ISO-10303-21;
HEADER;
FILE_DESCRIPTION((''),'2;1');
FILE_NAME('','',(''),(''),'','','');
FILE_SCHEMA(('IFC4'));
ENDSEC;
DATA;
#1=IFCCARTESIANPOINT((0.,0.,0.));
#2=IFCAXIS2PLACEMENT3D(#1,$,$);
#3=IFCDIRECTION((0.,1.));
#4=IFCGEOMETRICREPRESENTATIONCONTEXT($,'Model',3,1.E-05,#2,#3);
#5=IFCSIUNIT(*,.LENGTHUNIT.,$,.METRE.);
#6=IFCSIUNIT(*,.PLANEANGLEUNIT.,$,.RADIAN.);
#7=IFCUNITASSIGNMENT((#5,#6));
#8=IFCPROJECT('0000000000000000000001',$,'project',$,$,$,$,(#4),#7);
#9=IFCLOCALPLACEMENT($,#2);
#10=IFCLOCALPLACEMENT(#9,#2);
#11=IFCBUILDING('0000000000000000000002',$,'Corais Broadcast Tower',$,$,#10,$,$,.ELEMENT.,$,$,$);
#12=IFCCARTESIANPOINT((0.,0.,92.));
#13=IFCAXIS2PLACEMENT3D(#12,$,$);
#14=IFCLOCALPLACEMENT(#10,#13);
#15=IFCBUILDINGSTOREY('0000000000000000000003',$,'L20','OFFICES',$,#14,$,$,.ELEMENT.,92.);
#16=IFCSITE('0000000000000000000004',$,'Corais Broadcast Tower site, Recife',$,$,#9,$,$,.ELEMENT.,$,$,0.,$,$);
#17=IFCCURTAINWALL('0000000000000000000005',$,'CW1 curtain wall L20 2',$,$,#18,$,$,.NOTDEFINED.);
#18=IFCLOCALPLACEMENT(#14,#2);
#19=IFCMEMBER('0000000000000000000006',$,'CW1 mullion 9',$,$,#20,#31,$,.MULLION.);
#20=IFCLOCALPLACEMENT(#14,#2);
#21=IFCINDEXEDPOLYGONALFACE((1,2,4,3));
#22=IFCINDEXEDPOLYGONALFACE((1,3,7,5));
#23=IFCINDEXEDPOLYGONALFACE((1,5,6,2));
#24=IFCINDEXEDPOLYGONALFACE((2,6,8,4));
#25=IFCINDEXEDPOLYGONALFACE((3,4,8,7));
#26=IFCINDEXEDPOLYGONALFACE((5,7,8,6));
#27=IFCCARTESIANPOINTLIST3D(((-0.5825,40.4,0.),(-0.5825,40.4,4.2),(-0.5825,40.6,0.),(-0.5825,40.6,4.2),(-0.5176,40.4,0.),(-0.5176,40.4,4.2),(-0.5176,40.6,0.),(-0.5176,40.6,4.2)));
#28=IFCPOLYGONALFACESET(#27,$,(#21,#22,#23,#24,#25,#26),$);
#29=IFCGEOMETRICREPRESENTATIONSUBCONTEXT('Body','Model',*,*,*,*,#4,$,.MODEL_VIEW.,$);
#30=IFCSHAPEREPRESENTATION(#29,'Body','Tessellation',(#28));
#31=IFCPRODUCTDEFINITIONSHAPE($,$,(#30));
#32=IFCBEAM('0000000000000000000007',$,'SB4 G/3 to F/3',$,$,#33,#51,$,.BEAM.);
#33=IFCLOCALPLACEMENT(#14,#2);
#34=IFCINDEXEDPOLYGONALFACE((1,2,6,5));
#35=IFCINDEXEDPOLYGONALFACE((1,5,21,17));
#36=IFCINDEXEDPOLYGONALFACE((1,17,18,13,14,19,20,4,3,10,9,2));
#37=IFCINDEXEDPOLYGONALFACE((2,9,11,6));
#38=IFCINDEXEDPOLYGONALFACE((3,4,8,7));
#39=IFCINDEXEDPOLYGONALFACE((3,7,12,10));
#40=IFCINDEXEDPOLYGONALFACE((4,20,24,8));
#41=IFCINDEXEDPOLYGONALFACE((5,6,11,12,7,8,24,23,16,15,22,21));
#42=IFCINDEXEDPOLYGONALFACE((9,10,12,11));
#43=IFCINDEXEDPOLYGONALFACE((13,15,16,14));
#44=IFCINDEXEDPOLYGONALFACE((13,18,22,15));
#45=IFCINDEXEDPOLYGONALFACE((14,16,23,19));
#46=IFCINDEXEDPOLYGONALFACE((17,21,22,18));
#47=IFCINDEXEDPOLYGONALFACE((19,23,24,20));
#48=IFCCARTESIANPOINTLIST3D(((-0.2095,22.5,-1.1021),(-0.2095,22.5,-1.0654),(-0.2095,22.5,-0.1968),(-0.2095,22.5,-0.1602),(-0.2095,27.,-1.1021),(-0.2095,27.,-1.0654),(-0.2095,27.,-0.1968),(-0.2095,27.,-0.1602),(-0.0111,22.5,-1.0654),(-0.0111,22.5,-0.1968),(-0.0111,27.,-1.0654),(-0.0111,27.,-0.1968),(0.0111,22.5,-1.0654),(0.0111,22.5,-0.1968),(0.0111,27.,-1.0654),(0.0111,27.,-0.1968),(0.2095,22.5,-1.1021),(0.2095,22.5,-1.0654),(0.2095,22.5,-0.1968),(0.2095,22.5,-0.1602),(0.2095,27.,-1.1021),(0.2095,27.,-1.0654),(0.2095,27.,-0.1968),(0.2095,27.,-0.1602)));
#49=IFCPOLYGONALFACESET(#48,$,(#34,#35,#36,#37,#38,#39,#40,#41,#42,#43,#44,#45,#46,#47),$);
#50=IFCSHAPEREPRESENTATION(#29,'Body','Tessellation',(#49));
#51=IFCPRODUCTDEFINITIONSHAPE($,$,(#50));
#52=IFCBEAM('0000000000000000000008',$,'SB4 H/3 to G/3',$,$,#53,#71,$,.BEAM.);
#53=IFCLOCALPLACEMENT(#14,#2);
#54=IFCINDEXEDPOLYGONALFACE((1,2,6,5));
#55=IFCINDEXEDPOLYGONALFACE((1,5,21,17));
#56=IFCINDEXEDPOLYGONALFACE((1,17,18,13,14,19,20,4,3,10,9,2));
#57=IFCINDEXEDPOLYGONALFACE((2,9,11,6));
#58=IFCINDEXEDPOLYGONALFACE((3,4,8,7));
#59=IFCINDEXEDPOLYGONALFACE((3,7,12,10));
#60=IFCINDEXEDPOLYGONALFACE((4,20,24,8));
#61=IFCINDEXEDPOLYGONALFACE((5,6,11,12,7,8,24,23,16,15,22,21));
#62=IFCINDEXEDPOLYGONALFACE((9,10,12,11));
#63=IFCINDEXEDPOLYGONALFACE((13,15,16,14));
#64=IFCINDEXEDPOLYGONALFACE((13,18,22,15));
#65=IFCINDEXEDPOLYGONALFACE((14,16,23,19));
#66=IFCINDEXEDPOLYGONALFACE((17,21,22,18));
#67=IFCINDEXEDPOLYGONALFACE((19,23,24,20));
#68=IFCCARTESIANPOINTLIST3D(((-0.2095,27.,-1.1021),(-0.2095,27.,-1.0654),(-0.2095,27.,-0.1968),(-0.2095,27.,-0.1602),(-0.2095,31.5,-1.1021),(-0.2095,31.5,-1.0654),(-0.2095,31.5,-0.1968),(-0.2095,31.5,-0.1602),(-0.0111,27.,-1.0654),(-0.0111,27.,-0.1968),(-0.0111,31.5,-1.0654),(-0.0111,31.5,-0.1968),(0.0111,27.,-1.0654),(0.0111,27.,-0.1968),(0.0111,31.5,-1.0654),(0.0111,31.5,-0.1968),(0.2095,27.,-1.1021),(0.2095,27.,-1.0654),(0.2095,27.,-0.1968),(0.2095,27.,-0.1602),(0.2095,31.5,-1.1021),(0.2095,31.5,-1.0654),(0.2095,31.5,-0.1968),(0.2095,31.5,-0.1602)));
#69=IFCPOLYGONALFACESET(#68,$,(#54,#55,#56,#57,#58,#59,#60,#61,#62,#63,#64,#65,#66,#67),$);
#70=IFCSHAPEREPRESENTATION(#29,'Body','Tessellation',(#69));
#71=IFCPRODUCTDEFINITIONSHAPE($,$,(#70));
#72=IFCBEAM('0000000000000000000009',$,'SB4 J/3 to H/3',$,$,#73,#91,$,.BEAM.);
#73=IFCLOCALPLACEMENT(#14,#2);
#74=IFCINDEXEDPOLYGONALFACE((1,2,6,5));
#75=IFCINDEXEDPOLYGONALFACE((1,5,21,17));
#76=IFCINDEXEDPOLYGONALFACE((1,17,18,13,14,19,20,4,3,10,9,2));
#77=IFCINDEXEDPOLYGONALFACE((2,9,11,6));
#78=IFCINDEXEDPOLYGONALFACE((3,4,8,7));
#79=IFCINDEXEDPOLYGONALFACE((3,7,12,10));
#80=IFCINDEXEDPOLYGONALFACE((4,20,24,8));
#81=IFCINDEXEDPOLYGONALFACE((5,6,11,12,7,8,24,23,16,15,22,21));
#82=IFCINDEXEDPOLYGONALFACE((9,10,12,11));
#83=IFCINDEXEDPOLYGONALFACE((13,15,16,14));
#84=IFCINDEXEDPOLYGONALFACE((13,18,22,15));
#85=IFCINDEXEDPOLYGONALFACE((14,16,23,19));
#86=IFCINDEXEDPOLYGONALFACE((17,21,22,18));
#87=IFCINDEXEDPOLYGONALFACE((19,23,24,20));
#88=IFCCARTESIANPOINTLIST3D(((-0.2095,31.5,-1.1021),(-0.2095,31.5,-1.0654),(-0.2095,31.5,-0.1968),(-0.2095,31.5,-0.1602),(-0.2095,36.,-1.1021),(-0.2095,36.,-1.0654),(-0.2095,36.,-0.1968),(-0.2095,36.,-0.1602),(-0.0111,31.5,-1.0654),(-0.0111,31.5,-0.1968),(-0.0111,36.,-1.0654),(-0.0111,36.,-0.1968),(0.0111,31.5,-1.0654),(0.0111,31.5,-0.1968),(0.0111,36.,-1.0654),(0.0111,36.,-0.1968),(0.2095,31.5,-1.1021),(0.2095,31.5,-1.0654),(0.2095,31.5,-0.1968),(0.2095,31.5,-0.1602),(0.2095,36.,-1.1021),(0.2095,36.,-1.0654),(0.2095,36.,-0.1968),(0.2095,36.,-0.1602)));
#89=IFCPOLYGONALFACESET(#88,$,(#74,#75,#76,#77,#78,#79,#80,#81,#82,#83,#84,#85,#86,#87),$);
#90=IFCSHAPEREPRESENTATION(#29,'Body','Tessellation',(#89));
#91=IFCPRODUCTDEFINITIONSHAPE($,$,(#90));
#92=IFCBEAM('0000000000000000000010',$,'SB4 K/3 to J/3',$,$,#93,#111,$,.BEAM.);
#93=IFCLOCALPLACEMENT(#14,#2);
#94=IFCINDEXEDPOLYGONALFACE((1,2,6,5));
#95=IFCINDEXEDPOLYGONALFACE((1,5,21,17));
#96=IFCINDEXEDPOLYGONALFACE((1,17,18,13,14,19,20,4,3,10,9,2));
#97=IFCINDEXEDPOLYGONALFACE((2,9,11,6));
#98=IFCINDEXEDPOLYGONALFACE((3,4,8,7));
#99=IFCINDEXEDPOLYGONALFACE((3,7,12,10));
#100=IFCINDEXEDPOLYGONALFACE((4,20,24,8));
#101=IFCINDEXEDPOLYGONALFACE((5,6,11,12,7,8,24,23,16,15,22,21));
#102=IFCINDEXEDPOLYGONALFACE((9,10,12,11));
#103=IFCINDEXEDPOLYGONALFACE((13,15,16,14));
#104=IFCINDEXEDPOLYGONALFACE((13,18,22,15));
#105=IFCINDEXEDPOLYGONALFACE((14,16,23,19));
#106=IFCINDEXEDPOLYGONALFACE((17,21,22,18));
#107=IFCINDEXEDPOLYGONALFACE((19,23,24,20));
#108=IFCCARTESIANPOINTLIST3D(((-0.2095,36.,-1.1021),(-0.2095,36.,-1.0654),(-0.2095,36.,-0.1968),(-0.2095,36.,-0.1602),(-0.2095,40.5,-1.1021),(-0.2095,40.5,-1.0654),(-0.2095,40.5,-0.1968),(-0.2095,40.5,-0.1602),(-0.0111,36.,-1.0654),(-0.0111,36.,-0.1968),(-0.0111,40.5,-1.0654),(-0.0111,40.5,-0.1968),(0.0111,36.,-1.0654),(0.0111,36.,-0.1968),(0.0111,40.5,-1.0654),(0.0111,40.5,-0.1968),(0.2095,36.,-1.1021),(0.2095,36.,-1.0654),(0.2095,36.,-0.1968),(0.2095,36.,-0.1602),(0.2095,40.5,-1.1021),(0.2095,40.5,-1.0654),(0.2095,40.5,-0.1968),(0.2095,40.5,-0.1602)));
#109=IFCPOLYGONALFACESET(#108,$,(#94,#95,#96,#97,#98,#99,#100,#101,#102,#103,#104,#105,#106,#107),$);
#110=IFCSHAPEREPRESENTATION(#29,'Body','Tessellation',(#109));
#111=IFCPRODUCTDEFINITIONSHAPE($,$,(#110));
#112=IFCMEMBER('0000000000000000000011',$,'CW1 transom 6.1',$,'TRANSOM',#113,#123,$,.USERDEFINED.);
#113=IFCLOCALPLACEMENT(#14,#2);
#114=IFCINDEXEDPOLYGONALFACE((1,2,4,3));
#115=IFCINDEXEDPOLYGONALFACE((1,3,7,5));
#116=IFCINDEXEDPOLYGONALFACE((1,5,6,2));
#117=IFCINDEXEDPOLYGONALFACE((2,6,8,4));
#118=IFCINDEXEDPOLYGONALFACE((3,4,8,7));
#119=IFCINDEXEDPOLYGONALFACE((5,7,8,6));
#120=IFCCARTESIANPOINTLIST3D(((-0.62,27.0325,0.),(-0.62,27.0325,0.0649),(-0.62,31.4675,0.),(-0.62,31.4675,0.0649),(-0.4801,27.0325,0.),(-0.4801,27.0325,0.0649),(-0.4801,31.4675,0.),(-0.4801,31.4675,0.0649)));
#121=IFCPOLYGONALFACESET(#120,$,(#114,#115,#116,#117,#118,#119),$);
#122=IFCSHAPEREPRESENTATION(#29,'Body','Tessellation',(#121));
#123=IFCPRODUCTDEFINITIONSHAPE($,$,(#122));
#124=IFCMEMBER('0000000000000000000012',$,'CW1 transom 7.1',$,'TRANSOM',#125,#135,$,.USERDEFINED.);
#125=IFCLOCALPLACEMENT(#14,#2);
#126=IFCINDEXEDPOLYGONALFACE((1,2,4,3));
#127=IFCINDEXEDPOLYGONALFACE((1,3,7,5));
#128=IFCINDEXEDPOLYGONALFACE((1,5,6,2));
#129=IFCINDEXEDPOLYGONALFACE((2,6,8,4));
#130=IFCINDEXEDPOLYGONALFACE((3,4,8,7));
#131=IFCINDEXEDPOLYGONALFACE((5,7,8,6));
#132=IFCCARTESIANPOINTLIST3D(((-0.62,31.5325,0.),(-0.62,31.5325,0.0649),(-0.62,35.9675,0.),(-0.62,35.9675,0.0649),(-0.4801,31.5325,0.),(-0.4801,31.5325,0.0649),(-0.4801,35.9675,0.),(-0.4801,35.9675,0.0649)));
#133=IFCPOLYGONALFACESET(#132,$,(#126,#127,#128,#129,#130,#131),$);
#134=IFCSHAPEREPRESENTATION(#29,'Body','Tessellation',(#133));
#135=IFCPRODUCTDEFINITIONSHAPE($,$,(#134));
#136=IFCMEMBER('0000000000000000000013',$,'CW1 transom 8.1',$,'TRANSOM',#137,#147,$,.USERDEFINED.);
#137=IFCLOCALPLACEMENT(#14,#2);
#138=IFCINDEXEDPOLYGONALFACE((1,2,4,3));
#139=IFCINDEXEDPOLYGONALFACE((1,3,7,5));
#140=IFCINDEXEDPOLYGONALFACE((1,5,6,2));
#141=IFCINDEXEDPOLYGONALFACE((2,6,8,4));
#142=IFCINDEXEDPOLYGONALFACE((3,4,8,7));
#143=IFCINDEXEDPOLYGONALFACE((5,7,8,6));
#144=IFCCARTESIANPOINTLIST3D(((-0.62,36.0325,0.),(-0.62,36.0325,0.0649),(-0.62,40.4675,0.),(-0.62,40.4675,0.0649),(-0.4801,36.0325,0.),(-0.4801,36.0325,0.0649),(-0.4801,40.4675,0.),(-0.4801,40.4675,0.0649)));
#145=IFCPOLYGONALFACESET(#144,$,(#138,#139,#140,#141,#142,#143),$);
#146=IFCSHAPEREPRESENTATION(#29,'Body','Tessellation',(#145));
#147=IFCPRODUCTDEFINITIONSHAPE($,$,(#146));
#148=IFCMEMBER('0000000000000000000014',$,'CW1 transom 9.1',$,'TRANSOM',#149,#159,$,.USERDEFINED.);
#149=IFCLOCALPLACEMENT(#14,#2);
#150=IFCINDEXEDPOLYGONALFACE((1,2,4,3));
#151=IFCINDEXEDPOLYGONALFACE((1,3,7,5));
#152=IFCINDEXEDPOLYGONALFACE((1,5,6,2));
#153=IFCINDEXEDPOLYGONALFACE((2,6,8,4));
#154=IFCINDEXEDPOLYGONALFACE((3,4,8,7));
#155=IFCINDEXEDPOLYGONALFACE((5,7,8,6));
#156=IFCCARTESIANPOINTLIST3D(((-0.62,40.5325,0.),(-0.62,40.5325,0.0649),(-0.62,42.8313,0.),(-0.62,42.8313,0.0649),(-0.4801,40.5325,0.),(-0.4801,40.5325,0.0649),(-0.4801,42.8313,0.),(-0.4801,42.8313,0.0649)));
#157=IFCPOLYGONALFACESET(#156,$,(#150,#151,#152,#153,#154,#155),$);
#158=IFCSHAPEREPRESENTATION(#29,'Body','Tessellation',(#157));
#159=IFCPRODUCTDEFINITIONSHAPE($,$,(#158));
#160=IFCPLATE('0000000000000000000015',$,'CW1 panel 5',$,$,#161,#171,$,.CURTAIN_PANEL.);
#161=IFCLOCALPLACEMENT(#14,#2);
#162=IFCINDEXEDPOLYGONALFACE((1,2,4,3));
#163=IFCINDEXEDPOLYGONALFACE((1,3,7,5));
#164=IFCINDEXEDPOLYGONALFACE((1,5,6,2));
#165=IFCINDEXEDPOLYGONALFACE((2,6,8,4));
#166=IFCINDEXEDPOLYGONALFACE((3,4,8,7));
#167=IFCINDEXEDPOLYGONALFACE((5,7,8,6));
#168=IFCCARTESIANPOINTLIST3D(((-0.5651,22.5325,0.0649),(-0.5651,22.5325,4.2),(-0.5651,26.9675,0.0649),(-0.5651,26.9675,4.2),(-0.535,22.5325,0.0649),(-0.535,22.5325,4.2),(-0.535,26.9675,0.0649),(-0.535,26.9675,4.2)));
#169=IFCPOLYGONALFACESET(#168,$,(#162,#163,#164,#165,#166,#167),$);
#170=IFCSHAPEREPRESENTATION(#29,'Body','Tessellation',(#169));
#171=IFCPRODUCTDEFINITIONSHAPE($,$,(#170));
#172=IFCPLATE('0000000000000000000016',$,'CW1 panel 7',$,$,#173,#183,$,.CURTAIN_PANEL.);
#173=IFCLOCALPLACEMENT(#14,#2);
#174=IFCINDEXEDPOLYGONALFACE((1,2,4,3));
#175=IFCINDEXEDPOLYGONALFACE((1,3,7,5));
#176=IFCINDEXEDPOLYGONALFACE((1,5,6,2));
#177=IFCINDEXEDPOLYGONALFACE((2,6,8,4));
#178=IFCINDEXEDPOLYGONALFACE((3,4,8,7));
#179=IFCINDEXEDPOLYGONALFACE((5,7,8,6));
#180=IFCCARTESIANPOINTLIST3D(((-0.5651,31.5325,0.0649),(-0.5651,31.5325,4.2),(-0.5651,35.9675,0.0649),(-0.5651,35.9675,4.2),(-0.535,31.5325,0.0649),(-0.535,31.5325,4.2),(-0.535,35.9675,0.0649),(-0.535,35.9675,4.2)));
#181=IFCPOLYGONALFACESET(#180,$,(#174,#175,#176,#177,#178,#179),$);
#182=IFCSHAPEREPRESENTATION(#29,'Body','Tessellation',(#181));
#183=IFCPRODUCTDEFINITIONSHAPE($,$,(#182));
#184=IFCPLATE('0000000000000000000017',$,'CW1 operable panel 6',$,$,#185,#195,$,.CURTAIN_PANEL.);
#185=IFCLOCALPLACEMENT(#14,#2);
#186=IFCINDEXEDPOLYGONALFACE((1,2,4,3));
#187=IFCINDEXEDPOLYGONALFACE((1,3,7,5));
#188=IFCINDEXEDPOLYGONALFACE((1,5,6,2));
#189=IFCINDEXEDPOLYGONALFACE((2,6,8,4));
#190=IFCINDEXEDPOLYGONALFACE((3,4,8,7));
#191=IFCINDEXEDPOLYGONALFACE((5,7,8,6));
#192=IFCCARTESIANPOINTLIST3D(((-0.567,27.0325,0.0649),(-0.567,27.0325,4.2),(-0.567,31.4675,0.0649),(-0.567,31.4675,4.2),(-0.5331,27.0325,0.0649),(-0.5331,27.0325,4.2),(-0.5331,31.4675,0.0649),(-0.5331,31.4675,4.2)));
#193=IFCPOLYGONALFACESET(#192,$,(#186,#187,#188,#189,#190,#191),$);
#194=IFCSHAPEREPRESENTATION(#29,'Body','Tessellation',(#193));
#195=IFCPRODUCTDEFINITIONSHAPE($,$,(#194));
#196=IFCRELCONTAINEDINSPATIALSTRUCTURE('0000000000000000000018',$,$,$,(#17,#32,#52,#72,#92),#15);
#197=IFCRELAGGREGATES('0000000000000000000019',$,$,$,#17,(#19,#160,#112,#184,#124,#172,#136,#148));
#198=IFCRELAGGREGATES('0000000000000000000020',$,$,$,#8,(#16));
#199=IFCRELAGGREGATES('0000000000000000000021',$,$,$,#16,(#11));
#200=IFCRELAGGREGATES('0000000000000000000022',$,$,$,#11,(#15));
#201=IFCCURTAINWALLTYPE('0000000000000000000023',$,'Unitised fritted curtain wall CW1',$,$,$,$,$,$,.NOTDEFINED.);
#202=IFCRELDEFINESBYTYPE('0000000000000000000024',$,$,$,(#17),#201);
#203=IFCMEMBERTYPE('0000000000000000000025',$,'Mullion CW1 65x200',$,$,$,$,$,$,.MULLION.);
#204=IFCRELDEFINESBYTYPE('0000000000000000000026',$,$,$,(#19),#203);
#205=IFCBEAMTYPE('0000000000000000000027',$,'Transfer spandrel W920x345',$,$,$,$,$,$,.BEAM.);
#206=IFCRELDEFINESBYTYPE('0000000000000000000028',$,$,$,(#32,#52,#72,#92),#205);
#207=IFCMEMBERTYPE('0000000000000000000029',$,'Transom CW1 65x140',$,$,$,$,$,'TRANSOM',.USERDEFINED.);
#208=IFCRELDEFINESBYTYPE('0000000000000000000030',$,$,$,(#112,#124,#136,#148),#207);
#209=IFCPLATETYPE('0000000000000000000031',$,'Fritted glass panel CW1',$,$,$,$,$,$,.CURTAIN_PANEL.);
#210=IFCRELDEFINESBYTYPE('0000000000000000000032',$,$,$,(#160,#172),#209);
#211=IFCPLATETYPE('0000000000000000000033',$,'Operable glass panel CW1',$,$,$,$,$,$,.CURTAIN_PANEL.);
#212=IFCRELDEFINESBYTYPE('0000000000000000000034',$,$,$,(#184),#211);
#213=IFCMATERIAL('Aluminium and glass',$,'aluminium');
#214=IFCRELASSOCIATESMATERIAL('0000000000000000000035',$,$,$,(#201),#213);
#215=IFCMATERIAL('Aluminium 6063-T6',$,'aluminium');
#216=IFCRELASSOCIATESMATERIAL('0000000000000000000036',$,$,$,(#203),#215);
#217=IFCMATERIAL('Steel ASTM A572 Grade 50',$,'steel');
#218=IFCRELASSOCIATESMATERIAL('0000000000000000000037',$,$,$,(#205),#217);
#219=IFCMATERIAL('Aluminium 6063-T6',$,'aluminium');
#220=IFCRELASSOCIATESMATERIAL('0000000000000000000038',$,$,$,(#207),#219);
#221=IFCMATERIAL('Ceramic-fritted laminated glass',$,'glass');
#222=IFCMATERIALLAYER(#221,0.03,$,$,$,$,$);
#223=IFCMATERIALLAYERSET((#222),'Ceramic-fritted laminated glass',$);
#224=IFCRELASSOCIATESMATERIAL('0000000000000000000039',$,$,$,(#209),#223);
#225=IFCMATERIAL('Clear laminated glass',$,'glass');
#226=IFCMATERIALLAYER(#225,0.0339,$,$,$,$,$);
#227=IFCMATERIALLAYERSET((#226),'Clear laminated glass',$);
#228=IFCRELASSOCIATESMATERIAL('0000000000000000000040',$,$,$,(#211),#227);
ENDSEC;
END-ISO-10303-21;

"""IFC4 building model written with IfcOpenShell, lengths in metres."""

from ifc_helpers import new_model, si_unit, direction, frame, origin, origin_2d, place, context, subcontext, project, spatial, rectangle, i_section, extrude, material, layer, layer_set, material_profile, profile_set, type_object, element, aggregate, save


model = new_model("IFC4")

# Units and contexts
model_context = context("Model", 3, precision=1e-05, world=origin(), true_north=direction((0.0, 1.0)))
body_context = subcontext(model_context, "Body", "Model", "MODEL_VIEW")
ifc_project = project(units=[si_unit("LENGTHUNIT", "METRE"), si_unit("PLANEANGLEUNIT", "RADIAN")], contexts=[model_context])

# Site, building, storey
site_placement = place(None, origin())
site = spatial("IfcSite", under=ifc_project, at=site_placement, Name="Corais Broadcast Tower site, Recife", CompositionType="ELEMENT", RefElevation=0.0)
building_placement = place(site_placement, origin())
building = spatial("IfcBuilding", under=site, at=building_placement, Name="Corais Broadcast Tower", CompositionType="ELEMENT")
storey_placement = place(building_placement, frame((0.0, 0.0, 92.0)))
storey = spatial("IfcBuildingStorey", under=building, at=storey_placement, Name="L20", Description="OFFICES", CompositionType="ELEMENT", Elevation=92.0)

# Curtain wall, member
ifc_material_1 = material(Name="Aluminium and glass", Category="aluminium")
curtain_wall_type = type_object("IfcCurtainWallType", Name="Unitised fritted curtain wall CW1", PredefinedType="NOTDEFINED", material=ifc_material_1)
curtain_wall_placement = place(storey_placement, origin())
curtain_wall = element("IfcCurtainWall", 1, at=curtain_wall_placement, inside=storey, type_object=curtain_wall_type, Name="CW1 curtain wall L20 2", PredefinedType="NOTDEFINED")
ifc_material_2 = material(Name="Aluminium 6063-T6", Category="aluminium")
ifc_material_profile_1 = material_profile(ifc_material_2, rectangle(XDim=0.0649, YDim=0.2, at=origin_2d()), Name="Mullion CW1 65x200")
ifc_profile_set_1 = profile_set([ifc_material_profile_1], Name="Aluminium 6063-T6")
member_type_1 = type_object("IfcMemberType", Name="Mullion CW1 65x200", PredefinedType="MULLION", material=ifc_profile_set_1)
member_1_placement = place(storey_placement, frame((-0.55, 40.5, 0.0), z_axis=(0.0, 0.0, 1.0), x_axis=(-1.0, 0.0, 0.0)))
member_1 = element("IfcMember", 2, at=member_1_placement, type_object=member_type_1, Name="CW1 mullion 9", PredefinedType="MULLION", context=body_context, shape_type="SweptSolid", body=[
    extrude(rectangle(XDim=0.0649, YDim=0.2, at=origin_2d()), origin(), (0.0, 0.0, 1.0), 4.2),
])

# Beams
ifc_material_3 = material(Name="Steel ASTM A572 Grade 50", Category="steel")
ifc_material_profile_2 = material_profile(ifc_material_3, i_section(OverallWidth=0.4189, OverallDepth=0.9419, WebThickness=0.0222, FlangeThickness=0.0366, at=origin_2d()), Name="W920x345")
ifc_profile_set_2 = profile_set([ifc_material_profile_2], Name="Steel ASTM A572 Grade 50")
beam_type_1 = type_object("IfcBeamType", Name="Transfer spandrel W920x345", PredefinedType="BEAM", material=ifc_profile_set_2)
for number, where, z_axis, x_axis, name in (
    (3, (0.0, 27.0, -0.6311), (0.0, -1.0, 0.0), (1.0, 0.0, 0.0), "SB4 G/3 to F/3"),
    (4, (0.0, 31.5, -0.6311), (0.0, -1.0, 0.0), (1.0, 0.0, 0.0), "SB4 H/3 to G/3"),
    (5, (0.0, 36.0, -0.6311), (0.0, -1.0, 0.0), (1.0, 0.0, 0.0), "SB4 J/3 to H/3"),
    (6, (0.0, 40.5, -0.6311), (0.0, -1.0, 0.0), (1.0, 0.0, 0.0), "SB4 K/3 to J/3"),
):
    element("IfcBeam", number, at=place(storey_placement, frame(where, z_axis=z_axis, x_axis=x_axis)), inside=storey, type_object=beam_type_1, Name=name, PredefinedType="BEAM", context=body_context, shape_type="SweptSolid", body=[
        extrude(i_section(OverallWidth=0.4189, OverallDepth=0.9419, WebThickness=0.0222, FlangeThickness=0.0366, at=origin_2d()), origin(), (0.0, 0.0, 1.0), 4.5),
    ])

# Members
ifc_material_4 = material(Name="Aluminium 6063-T6", Category="aluminium")
ifc_material_profile_3 = material_profile(ifc_material_4, rectangle(XDim=0.1399, YDim=0.0649, at=origin_2d()), Name="Transom CW1 65x140")
ifc_profile_set_3 = profile_set([ifc_material_profile_3], Name="Aluminium 6063-T6")
member_type_2 = type_object("IfcMemberType", Name="Transom CW1 65x140", ElementType="TRANSOM", PredefinedType="USERDEFINED", material=ifc_profile_set_3)
member_2_placement = place(storey_placement, frame((-0.55, 27.0325, 0.0325), z_axis=(0.0, 1.0, 0.0), x_axis=(-1.0, 0.0, 0.0)))
member_2 = element("IfcMember", 7, at=member_2_placement, type_object=member_type_2, Name="CW1 transom 6.1", ObjectType="TRANSOM", PredefinedType="USERDEFINED", context=body_context, shape_type="SweptSolid", body=[
    extrude(rectangle(XDim=0.1399, YDim=0.0649, at=origin_2d()), origin(), (0.0, 0.0, 1.0), 4.4351),
])
member_3_placement = place(storey_placement, frame((-0.55, 31.5325, 0.0325), z_axis=(0.0, 1.0, 0.0), x_axis=(-1.0, 0.0, 0.0)))
member_3 = element("IfcMember", 8, at=member_3_placement, type_object=member_type_2, Name="CW1 transom 7.1", ObjectType="TRANSOM", PredefinedType="USERDEFINED", context=body_context, shape_type="SweptSolid", body=[
    extrude(rectangle(XDim=0.1399, YDim=0.0649, at=origin_2d()), origin(), (0.0, 0.0, 1.0), 4.4351),
])
member_4_placement = place(storey_placement, frame((-0.55, 36.0325, 0.0325), z_axis=(0.0, 1.0, 0.0), x_axis=(-1.0, 0.0, 0.0)))
member_4 = element("IfcMember", 9, at=member_4_placement, type_object=member_type_2, Name="CW1 transom 8.1", ObjectType="TRANSOM", PredefinedType="USERDEFINED", context=body_context, shape_type="SweptSolid", body=[
    extrude(rectangle(XDim=0.1399, YDim=0.0649, at=origin_2d()), origin(), (0.0, 0.0, 1.0), 4.4351),
])
member_5_placement = place(storey_placement, frame((-0.55, 40.5325, 0.0325), z_axis=(0.0, 1.0, 0.0), x_axis=(-1.0, 0.0, 0.0)))
member_5 = element("IfcMember", 10, at=member_5_placement, type_object=member_type_2, Name="CW1 transom 9.1", ObjectType="TRANSOM", PredefinedType="USERDEFINED", context=body_context, shape_type="SweptSolid", body=[
    extrude(rectangle(XDim=0.1399, YDim=0.0649, at=origin_2d()), origin(), (0.0, 0.0, 1.0), 2.2988),
])

# Plates
ifc_material_5 = material(Name="Ceramic-fritted laminated glass", Category="glass")
ifc_layer_1 = layer(ifc_material_5, 0.03)
ifc_layer_set_1 = layer_set([ifc_layer_1], Name="Ceramic-fritted laminated glass")
plate_type_1 = type_object("IfcPlateType", Name="Fritted glass panel CW1", PredefinedType="CURTAIN_PANEL", material=ifc_layer_set_1)
plate_1_placement = place(storey_placement, frame((-0.55, 24.75, 0.0649), z_axis=(0.0, 0.0, 1.0), x_axis=(0.0, 1.0, 0.0)))
plate_1 = element("IfcPlate", 11, at=plate_1_placement, type_object=plate_type_1, Name="CW1 panel 5", PredefinedType="CURTAIN_PANEL", context=body_context, shape_type="SweptSolid", body=[
    extrude(rectangle(XDim=4.4351, YDim=0.03, at=origin_2d()), origin(), (0.0, 0.0, 1.0), 4.135),
])
plate_2_placement = place(storey_placement, frame((-0.55, 33.75, 0.0649), z_axis=(0.0, 0.0, 1.0), x_axis=(0.0, 1.0, 0.0)))
plate_2 = element("IfcPlate", 12, at=plate_2_placement, type_object=plate_type_1, Name="CW1 panel 7", PredefinedType="CURTAIN_PANEL", context=body_context, shape_type="SweptSolid", body=[
    extrude(rectangle(XDim=4.4351, YDim=0.03, at=origin_2d()), origin(), (0.0, 0.0, 1.0), 4.135),
])
ifc_material_6 = material(Name="Clear laminated glass", Category="glass")
ifc_layer_2 = layer(ifc_material_6, 0.0339)
ifc_layer_set_2 = layer_set([ifc_layer_2], Name="Clear laminated glass")
plate_type_2 = type_object("IfcPlateType", Name="Operable glass panel CW1", PredefinedType="CURTAIN_PANEL", material=ifc_layer_set_2)
plate_3_placement = place(storey_placement, frame((-0.55, 29.25, 0.0649), z_axis=(0.0, 0.0, 1.0), x_axis=(0.0, 1.0, 0.0)))
plate_3 = element("IfcPlate", 13, at=plate_3_placement, type_object=plate_type_2, Name="CW1 operable panel 6", PredefinedType="CURTAIN_PANEL", context=body_context, shape_type="SweptSolid", body=[
    extrude(rectangle(XDim=4.4351, YDim=0.0339, at=origin_2d()), origin(), (0.0, 0.0, 1.0), 4.135),
])
aggregate(curtain_wall, [member_1, plate_1, member_2, plate_3, member_3, plate_2, member_4, member_5])

save(model, "model.ifc")
